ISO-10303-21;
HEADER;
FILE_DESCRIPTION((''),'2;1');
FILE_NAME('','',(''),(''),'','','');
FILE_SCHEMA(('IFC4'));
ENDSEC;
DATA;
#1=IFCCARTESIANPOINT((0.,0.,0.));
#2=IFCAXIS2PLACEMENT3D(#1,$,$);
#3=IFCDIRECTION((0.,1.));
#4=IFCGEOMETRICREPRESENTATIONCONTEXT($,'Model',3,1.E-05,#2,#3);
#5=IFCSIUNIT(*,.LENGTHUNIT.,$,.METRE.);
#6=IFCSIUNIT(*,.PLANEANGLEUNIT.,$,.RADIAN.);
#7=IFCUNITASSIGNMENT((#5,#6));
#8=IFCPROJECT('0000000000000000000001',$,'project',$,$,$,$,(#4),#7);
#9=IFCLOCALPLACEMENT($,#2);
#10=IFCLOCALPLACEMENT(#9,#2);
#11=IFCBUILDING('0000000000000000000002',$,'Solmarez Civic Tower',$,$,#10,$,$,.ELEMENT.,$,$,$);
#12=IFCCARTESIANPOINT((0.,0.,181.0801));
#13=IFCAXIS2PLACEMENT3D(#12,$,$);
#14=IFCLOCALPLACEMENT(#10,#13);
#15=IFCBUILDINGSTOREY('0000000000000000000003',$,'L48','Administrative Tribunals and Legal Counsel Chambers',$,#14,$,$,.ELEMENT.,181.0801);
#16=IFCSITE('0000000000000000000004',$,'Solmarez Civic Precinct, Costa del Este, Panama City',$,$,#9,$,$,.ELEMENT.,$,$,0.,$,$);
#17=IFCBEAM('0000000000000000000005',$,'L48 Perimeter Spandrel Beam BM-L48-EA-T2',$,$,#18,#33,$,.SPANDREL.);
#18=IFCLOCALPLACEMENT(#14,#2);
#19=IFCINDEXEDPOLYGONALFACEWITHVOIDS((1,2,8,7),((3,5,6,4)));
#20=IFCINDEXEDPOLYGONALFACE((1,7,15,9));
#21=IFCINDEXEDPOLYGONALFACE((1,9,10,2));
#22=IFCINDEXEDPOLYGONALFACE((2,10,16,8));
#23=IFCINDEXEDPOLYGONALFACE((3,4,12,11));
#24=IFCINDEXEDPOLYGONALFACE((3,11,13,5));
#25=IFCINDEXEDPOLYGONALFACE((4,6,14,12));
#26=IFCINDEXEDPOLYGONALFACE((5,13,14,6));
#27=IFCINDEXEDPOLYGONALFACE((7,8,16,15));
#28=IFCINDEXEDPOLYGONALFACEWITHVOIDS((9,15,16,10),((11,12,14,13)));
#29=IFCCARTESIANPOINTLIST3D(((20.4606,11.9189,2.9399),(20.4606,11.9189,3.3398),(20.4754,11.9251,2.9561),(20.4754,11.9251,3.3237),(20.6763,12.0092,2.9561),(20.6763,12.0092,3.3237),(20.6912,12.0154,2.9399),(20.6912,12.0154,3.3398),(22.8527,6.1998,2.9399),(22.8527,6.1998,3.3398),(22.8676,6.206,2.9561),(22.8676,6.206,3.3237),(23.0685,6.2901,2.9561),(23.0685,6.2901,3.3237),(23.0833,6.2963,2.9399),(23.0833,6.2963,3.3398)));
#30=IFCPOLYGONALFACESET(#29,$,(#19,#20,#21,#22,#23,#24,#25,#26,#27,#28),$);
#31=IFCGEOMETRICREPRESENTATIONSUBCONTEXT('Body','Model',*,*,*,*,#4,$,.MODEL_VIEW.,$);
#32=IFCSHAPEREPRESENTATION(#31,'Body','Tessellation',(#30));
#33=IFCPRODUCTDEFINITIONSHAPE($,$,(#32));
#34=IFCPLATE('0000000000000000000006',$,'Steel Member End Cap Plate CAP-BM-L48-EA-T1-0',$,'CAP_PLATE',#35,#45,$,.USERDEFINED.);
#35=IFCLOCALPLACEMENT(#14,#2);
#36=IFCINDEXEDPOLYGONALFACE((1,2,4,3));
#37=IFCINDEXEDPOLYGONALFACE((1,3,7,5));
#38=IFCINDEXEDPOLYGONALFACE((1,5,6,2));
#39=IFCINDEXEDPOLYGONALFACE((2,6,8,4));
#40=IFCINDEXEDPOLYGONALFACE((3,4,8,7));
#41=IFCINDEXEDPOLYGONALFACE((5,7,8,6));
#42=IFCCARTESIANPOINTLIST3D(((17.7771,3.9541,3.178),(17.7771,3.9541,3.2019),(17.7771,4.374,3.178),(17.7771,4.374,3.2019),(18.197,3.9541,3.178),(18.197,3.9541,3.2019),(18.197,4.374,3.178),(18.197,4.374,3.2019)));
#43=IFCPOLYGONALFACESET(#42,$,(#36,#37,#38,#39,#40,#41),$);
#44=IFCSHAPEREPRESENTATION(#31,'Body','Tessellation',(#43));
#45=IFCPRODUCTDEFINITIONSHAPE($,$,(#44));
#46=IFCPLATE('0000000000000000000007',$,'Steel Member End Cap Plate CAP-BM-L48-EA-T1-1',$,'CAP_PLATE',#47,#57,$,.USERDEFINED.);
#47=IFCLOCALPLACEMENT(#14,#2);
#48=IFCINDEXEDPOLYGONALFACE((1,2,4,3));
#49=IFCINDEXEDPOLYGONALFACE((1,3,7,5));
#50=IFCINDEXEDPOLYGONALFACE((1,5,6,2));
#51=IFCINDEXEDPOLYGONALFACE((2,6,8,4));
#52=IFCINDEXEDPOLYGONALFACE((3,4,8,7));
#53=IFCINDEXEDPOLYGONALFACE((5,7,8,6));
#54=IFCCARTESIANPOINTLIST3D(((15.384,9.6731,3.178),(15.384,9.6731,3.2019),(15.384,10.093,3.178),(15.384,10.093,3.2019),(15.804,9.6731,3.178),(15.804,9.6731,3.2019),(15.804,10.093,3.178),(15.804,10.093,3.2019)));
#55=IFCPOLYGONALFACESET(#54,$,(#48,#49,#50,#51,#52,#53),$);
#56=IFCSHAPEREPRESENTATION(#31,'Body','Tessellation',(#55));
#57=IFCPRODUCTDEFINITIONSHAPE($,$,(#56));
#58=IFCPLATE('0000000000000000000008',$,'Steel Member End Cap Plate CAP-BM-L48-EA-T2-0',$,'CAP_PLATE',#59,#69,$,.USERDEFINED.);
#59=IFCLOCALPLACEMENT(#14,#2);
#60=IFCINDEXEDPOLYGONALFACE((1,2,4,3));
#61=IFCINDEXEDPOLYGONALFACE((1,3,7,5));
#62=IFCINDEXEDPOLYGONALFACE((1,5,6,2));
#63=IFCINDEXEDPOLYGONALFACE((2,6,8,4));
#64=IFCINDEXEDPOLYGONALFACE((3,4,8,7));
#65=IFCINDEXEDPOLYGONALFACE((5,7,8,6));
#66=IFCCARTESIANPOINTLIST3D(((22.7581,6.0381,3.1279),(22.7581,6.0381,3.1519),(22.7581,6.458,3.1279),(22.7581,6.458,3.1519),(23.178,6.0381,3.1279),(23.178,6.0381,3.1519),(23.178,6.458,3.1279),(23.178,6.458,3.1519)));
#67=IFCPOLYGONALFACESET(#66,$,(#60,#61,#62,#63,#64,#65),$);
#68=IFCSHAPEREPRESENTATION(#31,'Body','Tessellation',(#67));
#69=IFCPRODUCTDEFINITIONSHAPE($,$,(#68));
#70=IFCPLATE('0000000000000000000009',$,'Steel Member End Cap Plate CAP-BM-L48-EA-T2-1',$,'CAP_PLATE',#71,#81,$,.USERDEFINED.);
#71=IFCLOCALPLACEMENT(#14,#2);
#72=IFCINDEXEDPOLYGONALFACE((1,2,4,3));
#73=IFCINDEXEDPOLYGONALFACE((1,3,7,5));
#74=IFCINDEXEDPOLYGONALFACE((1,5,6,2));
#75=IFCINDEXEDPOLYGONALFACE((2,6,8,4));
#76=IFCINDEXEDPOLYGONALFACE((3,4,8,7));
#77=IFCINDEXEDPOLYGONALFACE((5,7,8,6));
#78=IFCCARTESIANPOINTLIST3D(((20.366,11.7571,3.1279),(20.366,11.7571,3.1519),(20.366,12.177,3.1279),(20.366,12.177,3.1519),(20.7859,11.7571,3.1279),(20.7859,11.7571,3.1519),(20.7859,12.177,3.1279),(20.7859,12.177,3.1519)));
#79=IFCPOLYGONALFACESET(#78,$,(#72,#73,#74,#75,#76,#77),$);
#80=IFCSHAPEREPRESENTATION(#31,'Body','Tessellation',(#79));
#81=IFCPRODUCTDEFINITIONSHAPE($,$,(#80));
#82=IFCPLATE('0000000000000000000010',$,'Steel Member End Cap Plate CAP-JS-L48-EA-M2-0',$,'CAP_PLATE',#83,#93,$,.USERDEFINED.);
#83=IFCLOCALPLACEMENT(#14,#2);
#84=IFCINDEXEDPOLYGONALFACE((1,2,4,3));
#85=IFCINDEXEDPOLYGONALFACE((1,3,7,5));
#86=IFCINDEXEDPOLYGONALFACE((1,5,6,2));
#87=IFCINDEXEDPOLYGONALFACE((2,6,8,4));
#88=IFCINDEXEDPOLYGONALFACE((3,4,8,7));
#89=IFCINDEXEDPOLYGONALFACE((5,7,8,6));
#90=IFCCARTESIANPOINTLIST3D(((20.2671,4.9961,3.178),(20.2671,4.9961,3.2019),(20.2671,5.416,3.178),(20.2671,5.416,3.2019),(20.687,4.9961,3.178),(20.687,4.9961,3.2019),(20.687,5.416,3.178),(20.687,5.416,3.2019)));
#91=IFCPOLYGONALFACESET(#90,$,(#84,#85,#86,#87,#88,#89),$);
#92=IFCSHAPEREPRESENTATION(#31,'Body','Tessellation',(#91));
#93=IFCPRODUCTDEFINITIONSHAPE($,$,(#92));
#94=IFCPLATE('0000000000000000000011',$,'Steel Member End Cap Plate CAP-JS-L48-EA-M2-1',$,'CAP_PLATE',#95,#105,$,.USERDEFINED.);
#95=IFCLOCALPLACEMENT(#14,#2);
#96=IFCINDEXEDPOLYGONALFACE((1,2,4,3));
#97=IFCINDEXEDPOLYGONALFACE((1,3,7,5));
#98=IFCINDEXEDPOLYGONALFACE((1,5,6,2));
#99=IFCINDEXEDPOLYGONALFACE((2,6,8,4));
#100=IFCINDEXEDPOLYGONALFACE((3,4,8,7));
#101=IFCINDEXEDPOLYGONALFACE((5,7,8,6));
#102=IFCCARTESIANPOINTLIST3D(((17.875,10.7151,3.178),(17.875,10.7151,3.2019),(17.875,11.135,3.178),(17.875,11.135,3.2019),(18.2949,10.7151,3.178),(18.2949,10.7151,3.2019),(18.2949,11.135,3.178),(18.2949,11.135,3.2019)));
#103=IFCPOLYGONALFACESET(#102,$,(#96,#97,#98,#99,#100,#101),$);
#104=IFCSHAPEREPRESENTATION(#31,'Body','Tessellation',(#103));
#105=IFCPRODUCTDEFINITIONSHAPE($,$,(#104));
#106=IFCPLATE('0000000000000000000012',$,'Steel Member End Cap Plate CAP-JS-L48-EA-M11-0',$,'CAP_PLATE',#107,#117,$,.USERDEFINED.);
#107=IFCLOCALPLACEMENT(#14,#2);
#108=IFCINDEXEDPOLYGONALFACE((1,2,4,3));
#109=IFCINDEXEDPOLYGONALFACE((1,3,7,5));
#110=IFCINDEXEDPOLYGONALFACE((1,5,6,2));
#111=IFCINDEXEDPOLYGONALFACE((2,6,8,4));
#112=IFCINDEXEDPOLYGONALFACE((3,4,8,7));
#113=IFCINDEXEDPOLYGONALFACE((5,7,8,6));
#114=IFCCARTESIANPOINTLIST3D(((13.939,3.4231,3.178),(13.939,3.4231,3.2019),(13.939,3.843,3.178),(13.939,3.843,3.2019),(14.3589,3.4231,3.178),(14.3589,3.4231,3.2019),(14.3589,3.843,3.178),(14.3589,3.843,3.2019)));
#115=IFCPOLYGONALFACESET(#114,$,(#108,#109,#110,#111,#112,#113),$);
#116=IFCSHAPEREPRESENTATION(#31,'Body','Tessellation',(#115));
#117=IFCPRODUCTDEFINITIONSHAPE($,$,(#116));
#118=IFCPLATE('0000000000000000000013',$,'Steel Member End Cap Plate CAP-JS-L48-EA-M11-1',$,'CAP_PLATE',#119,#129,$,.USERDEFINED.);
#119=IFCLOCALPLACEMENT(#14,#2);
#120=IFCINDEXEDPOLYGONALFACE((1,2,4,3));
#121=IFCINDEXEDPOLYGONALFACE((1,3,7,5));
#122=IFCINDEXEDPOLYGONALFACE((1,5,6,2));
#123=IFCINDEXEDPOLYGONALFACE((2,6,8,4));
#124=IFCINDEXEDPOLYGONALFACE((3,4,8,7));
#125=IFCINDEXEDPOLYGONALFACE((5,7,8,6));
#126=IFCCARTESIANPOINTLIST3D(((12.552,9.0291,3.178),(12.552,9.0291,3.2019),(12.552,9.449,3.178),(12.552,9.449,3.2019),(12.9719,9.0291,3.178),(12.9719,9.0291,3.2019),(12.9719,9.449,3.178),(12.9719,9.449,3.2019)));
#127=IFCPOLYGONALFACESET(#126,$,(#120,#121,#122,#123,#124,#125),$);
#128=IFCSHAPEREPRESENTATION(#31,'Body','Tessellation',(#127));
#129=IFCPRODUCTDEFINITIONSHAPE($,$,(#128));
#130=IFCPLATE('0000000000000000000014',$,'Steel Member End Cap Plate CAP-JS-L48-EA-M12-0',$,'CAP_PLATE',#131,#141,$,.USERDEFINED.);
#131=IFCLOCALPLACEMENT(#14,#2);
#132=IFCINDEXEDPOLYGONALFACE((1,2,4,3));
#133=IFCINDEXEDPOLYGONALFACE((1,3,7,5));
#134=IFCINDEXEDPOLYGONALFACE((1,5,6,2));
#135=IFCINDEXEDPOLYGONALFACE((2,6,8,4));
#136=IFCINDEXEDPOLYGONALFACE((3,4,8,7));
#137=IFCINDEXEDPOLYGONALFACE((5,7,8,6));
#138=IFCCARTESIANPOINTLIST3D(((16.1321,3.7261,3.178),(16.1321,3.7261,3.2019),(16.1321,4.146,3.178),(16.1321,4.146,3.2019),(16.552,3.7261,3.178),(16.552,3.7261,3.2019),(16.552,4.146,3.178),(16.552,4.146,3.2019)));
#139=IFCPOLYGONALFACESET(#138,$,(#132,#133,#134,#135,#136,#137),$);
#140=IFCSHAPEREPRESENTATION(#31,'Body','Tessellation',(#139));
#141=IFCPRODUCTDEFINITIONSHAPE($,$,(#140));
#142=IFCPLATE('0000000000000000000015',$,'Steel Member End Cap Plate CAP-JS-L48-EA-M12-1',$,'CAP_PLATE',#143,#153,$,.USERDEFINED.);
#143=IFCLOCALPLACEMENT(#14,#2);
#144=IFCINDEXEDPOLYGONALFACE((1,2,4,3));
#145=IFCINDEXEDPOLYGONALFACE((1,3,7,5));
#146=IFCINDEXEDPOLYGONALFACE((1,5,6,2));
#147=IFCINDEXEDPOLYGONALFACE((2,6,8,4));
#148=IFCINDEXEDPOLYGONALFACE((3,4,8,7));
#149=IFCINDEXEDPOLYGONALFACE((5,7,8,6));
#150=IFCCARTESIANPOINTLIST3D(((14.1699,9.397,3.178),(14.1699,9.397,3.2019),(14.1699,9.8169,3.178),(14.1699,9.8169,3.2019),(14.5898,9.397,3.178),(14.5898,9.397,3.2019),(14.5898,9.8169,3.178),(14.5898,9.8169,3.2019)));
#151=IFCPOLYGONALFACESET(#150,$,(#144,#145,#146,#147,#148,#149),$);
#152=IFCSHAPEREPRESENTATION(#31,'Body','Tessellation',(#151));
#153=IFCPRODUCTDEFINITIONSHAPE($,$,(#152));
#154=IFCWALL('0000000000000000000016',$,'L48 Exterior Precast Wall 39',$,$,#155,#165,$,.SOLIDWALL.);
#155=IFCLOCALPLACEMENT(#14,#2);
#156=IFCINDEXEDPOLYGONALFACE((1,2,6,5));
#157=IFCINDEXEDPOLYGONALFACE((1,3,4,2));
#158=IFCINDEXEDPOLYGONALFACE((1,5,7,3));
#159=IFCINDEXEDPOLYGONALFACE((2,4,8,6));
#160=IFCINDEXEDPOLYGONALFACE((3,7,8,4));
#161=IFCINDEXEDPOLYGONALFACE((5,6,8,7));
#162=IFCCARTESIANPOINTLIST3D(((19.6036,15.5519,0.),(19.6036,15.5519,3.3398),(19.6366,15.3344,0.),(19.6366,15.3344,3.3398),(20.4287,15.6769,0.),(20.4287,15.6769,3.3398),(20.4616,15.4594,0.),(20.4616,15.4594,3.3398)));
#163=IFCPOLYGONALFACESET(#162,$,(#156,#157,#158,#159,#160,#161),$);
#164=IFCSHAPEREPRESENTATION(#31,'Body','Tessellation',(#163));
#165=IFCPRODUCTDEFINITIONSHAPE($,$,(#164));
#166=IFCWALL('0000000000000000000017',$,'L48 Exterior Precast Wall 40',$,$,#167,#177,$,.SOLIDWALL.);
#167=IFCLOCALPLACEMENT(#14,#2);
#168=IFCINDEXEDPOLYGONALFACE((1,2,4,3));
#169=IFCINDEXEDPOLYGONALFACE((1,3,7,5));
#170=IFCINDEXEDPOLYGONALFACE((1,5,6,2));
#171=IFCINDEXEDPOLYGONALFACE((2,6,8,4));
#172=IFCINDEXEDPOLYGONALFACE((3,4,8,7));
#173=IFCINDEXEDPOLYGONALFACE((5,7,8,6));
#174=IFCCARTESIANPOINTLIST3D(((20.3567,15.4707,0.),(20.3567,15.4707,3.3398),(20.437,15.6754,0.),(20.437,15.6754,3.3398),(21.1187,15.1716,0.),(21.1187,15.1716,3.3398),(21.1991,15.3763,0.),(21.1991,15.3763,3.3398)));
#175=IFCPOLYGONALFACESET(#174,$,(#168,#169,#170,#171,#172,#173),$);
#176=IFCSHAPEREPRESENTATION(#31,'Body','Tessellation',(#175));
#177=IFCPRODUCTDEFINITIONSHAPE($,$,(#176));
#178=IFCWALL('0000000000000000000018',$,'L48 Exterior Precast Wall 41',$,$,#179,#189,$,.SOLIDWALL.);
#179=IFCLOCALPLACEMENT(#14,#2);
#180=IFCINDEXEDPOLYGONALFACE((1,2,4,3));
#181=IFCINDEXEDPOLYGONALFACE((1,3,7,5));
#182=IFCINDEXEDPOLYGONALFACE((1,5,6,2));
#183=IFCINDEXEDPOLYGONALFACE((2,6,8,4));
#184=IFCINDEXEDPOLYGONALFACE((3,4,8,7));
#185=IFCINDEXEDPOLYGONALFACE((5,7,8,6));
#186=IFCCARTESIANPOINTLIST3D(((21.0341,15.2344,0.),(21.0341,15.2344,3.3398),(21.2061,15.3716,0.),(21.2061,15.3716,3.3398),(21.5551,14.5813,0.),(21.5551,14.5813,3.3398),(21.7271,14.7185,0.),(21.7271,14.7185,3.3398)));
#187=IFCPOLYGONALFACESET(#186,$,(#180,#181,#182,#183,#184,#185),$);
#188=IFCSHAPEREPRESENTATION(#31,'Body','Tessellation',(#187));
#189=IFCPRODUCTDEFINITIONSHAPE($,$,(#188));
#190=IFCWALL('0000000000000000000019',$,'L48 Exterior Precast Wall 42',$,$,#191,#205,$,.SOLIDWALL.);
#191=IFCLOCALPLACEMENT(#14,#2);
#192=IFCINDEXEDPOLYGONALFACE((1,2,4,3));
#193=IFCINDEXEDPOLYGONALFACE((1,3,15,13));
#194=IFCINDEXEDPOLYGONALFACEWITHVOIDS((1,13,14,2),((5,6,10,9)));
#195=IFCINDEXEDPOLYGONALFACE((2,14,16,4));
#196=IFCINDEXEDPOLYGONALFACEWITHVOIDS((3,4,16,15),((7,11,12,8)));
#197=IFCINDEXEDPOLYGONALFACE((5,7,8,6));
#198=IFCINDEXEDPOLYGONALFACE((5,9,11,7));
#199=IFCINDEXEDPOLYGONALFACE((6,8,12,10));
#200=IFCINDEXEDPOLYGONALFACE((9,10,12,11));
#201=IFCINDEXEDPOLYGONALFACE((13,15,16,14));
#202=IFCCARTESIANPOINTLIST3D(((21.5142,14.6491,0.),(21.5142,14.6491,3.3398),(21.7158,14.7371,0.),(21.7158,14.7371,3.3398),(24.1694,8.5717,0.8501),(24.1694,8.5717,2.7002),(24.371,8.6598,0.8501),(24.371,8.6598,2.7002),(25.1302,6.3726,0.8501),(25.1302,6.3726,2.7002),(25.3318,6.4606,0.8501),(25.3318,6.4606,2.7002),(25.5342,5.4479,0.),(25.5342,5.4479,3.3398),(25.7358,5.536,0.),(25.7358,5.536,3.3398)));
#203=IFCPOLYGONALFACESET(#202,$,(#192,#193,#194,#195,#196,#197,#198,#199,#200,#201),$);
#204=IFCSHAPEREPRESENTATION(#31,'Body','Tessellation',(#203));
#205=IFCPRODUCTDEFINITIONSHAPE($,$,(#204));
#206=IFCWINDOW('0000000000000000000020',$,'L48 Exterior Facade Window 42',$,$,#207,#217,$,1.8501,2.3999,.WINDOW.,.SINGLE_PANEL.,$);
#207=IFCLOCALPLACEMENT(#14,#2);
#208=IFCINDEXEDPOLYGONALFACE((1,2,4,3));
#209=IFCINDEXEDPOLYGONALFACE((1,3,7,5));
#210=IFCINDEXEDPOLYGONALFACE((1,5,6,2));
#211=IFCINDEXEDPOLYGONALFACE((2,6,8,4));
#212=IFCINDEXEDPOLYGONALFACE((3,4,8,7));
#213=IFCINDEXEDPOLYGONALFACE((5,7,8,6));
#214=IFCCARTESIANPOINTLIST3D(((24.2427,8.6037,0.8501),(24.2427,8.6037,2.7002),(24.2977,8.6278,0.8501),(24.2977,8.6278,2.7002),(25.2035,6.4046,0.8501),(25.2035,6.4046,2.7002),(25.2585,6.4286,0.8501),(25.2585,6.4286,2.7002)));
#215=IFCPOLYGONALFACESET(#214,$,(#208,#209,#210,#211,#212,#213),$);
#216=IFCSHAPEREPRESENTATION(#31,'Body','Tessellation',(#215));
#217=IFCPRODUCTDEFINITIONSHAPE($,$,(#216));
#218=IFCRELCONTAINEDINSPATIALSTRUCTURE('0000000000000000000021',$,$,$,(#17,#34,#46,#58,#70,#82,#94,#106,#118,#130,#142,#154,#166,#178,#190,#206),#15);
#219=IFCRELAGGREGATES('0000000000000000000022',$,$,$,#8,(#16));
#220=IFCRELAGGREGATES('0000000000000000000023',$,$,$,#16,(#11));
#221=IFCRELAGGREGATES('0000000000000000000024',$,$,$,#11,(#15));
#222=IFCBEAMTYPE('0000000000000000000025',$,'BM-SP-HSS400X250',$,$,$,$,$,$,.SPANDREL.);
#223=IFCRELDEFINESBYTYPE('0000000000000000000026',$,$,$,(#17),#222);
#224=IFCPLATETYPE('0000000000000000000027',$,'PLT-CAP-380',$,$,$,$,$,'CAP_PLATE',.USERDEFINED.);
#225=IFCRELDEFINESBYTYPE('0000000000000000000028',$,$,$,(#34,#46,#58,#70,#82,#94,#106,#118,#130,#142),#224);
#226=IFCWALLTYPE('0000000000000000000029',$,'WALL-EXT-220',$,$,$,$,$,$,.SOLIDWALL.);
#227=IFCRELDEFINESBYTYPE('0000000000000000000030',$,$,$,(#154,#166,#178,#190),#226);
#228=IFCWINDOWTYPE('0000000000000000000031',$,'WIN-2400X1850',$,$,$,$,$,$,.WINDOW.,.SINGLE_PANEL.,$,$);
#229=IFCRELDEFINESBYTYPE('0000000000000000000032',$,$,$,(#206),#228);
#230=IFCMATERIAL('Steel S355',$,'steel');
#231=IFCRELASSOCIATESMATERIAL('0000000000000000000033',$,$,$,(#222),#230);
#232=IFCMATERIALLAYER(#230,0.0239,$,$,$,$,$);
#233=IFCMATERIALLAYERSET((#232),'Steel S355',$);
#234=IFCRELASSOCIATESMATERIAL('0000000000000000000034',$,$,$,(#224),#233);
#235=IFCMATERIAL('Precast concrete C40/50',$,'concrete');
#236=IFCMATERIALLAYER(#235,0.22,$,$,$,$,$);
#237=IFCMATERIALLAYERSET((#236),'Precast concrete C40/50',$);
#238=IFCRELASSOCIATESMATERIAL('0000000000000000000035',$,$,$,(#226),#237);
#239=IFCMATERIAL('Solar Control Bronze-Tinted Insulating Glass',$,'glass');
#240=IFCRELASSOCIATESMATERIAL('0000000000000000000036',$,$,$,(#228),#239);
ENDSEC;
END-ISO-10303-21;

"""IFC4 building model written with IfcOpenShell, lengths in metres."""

from ifc_helpers import new_model, si_unit, direction, frame, frame_2d, origin, origin_2d, place, context, subcontext, project, spatial, rectangle, hollow_rectangle, extrude, material, layer, layer_set, material_profile, profile_set, type_object, element, fill, save


model = new_model("IFC4")

# Units and contexts
model_context = context("Model", 3, precision=1e-05, world=origin(), true_north=direction((0.0, 1.0)))
body_context = subcontext(model_context, "Body", "Model", "MODEL_VIEW")
ifc_project = project(units=[si_unit("LENGTHUNIT", "METRE"), si_unit("PLANEANGLEUNIT", "RADIAN")], contexts=[model_context])

# Site, building, storey
site_placement = place(None, origin())
site = spatial("IfcSite", under=ifc_project, at=site_placement, Name="Solmarez Civic Precinct, Costa del Este, Panama City", CompositionType="ELEMENT", RefElevation=0.0)
building_placement = place(site_placement, origin())
building = spatial("IfcBuilding", under=site, at=building_placement, Name="Solmarez Civic Tower", CompositionType="ELEMENT")
storey_placement = place(building_placement, frame((0.0, 0.0, 181.0801)))
storey = spatial("IfcBuildingStorey", under=building, at=storey_placement, Name="L48", Description="Administrative Tribunals and Legal Counsel Chambers", CompositionType="ELEMENT", Elevation=181.0801)

# Shared definitions
ifc_material_1 = material(Name="Steel S355", Category="steel")

# Beam
ifc_material_profile_1 = material_profile(ifc_material_1, hollow_rectangle(XDim=0.25, YDim=0.3999, WallThickness=0.0161, at=origin_2d()), Name="HSS400X250X16")
ifc_profile_set_1 = profile_set([ifc_material_profile_1], Name="Steel S355")
beam_type_1 = type_object("IfcBeamType", Name="BM-SP-HSS400X250", PredefinedType="SPANDREL", material=ifc_profile_set_1)
beam_1_placement = place(storey_placement, frame((22.968, 6.248, 3.1399), z_axis=(-0.385876, 0.922551, 0.0), x_axis=(-0.922551, -0.385876, 0.0)))
element("IfcBeam", 1, at=beam_1_placement, inside=storey, type_object=beam_type_1, Name="L48 Perimeter Spandrel Beam BM-L48-EA-T2", PredefinedType="SPANDREL", context=body_context, shape_type="SweptSolid", body=[
    extrude(hollow_rectangle(XDim=0.25, YDim=0.3999, WallThickness=0.0161, at=origin_2d()), origin(), (0.0, 0.0, 1.0), 6.1992),
])

# Plates
ifc_layer_1 = layer(ifc_material_1, 0.0239)
ifc_layer_set_1 = layer_set([ifc_layer_1], Name="Steel S355")
plate_type = type_object("IfcPlateType", Name="PLT-CAP-380", ElementType="CAP_PLATE", PredefinedType="USERDEFINED", material=ifc_layer_set_1)
for number, where, z_axis, x_axis, name in (
    (2, (17.9871, 4.1641, 3.178), (0.0, 0.0, 1.0), (1.0, 0.0, 0.0), "Steel Member End Cap Plate CAP-BM-L48-EA-T1-0"),
    (3, (15.594, 9.8831, 3.178), (0.0, 0.0, 1.0), (1.0, 0.0, 0.0), "Steel Member End Cap Plate CAP-BM-L48-EA-T1-1"),
    (4, (22.968, 6.248, 3.1279), (0.0, 0.0, 1.0), (1.0, 0.0, 0.0), "Steel Member End Cap Plate CAP-BM-L48-EA-T2-0"),
    (5, (20.5759, 11.967, 3.1279), (0.0, 0.0, 1.0), (1.0, 0.0, 0.0), "Steel Member End Cap Plate CAP-BM-L48-EA-T2-1"),
    (6, (20.4771, 5.2061, 3.178), (0.0, 0.0, 1.0), (1.0, 0.0, 0.0), "Steel Member End Cap Plate CAP-JS-L48-EA-M2-0"),
    (7, (18.085, 10.925, 3.178), (0.0, 0.0, 1.0), (1.0, 0.0, 0.0), "Steel Member End Cap Plate CAP-JS-L48-EA-M2-1"),
    (8, (14.1489, 3.6331, 3.178), (0.0, 0.0, 1.0), (1.0, 0.0, 0.0), "Steel Member End Cap Plate CAP-JS-L48-EA-M11-0"),
    (9, (12.762, 9.239, 3.178), (0.0, 0.0, 1.0), (1.0, 0.0, 0.0), "Steel Member End Cap Plate CAP-JS-L48-EA-M11-1"),
    (10, (16.342, 3.936, 3.178), (0.0, 0.0, 1.0), (1.0, 0.0, 0.0), "Steel Member End Cap Plate CAP-JS-L48-EA-M12-0"),
    (11, (14.3799, 9.6069, 3.178), (0.0, 0.0, 1.0), (1.0, 0.0, 0.0), "Steel Member End Cap Plate CAP-JS-L48-EA-M12-1"),
):
    element("IfcPlate", number, at=place(storey_placement, frame(where, z_axis=z_axis, x_axis=x_axis)), inside=storey, type_object=plate_type, Name=name, ObjectType="CAP_PLATE", PredefinedType="USERDEFINED", context=body_context, shape_type="SweptSolid", body=[
        extrude(rectangle(XDim=0.4199, YDim=0.4199, at=origin_2d()), origin(), (0.0, 0.0, 1.0), 0.0239),
    ])

# Walls
ifc_material_2 = material(Name="Precast concrete C40/50", Category="concrete")
ifc_layer_2 = layer(ifc_material_2, 0.22)
ifc_layer_set_2 = layer_set([ifc_layer_2], Name="Precast concrete C40/50")
wall_type_1 = type_object("IfcWallType", Name="WALL-EXT-220", PredefinedType="SOLIDWALL", material=ifc_layer_set_2)
wall_1_placement = place(storey_placement, frame((19.6201, 15.4431, 0.0), z_axis=(0.0, 0.0, 1.0), x_axis=(0.988714, 0.149814, 0.0)))
element("IfcWall", 12, at=wall_1_placement, inside=storey, type_object=wall_type_1, Name="L48 Exterior Precast Wall 39", PredefinedType="SOLIDWALL", context=body_context, shape_type="SweptSolid", body=[
    extrude(rectangle(XDim=0.8345, YDim=0.22, at=frame_2d((0.4172, 0.0))), origin(), (0.0, 0.0, 1.0), 3.3398),
])
wall_2_placement = place(storey_placement, frame((20.397, 15.573, 0.0), z_axis=(0.0, 0.0, 1.0), x_axis=(0.930864, -0.365366, 0.0)))
element("IfcWall", 13, at=wall_2_placement, inside=storey, type_object=wall_type_1, Name="L48 Exterior Precast Wall 40", PredefinedType="SOLIDWALL", context=body_context, shape_type="SweptSolid", body=[
    extrude(rectangle(XDim=0.8186, YDim=0.22, at=frame_2d((0.4092, 0.0))), origin(), (0.0, 0.0, 1.0), 3.3398),
])
wall_3_placement = place(storey_placement, frame((21.1201, 15.303, 0.0), z_axis=(0.0, 0.0, 1.0), x_axis=(0.623625, -0.781723, 0.0)))
element("IfcWall", 14, at=wall_3_placement, inside=storey, type_object=wall_type_1, Name="L48 Exterior Precast Wall 41", PredefinedType="SOLIDWALL", context=body_context, shape_type="SweptSolid", body=[
    extrude(rectangle(XDim=0.8354, YDim=0.22, at=frame_2d((0.4177, 0.0))), origin(), (0.0, 0.0, 1.0), 3.3398),
])

# Wall, opening, window
wall_4_placement = place(storey_placement, frame((21.615, 14.6931, 0.0), z_axis=(0.0, 0.0, 1.0), x_axis=(0.40036, -0.916358, 0.0)))
wall_4 = element("IfcWall", 15, at=wall_4_placement, inside=storey, type_object=wall_type_1, Name="L48 Exterior Precast Wall 42", PredefinedType="SOLIDWALL", context=body_context, shape_type="SweptSolid", body=[
    extrude(rectangle(XDim=10.041, YDim=0.22, at=frame_2d((5.0205, 0.0))), origin(), (0.0, 0.0, 1.0), 3.3398),
])
opening_1_placement = place(wall_4_placement, frame((6.6321, 0.0, 0.8501)))
opening_1 = element("IfcOpeningElement", 16, at=opening_1_placement, cuts=wall_4, PredefinedType="OPENING", context=body_context, shape_type="SweptSolid", body=[
    extrude(rectangle(XDim=2.3999, YDim=1.8501, at=frame_2d((1.2, 0.925))), frame((0.0, 0.1199, 0.0), z_axis=(0.0, -1.0, 0.0), x_axis=(1.0, 0.0, 0.0)), (0.0, 0.0, 1.0), 0.24),
])
ifc_material_3 = material(Name="Solar Control Bronze-Tinted Insulating Glass", Category="glass")
window_type_1 = type_object("IfcWindowType", Name="WIN-2400X1850", PartitioningType="SINGLE_PANEL", PredefinedType="WINDOW", material=ifc_material_3)
window_1_placement = place(opening_1_placement, origin())
window_1 = element("IfcWindow", 17, at=window_1_placement, inside=storey, type_object=window_type_1, Name="L48 Exterior Facade Window 42", OverallHeight=1.8501, OverallWidth=2.3999, PartitioningType="SINGLE_PANEL", PredefinedType="WINDOW", context=body_context, shape_type="SweptSolid", body=[
    extrude(rectangle(XDim=2.3999, YDim=1.8501, at=frame_2d((1.2, 0.925))), frame((0.0, 0.03, 0.0), z_axis=(0.0, -1.0, 0.0), x_axis=(1.0, 0.0, 0.0)), (0.0, 0.0, 1.0), 0.0601),
])
fill(opening_1, window_1)

save(model, "model.ifc")
